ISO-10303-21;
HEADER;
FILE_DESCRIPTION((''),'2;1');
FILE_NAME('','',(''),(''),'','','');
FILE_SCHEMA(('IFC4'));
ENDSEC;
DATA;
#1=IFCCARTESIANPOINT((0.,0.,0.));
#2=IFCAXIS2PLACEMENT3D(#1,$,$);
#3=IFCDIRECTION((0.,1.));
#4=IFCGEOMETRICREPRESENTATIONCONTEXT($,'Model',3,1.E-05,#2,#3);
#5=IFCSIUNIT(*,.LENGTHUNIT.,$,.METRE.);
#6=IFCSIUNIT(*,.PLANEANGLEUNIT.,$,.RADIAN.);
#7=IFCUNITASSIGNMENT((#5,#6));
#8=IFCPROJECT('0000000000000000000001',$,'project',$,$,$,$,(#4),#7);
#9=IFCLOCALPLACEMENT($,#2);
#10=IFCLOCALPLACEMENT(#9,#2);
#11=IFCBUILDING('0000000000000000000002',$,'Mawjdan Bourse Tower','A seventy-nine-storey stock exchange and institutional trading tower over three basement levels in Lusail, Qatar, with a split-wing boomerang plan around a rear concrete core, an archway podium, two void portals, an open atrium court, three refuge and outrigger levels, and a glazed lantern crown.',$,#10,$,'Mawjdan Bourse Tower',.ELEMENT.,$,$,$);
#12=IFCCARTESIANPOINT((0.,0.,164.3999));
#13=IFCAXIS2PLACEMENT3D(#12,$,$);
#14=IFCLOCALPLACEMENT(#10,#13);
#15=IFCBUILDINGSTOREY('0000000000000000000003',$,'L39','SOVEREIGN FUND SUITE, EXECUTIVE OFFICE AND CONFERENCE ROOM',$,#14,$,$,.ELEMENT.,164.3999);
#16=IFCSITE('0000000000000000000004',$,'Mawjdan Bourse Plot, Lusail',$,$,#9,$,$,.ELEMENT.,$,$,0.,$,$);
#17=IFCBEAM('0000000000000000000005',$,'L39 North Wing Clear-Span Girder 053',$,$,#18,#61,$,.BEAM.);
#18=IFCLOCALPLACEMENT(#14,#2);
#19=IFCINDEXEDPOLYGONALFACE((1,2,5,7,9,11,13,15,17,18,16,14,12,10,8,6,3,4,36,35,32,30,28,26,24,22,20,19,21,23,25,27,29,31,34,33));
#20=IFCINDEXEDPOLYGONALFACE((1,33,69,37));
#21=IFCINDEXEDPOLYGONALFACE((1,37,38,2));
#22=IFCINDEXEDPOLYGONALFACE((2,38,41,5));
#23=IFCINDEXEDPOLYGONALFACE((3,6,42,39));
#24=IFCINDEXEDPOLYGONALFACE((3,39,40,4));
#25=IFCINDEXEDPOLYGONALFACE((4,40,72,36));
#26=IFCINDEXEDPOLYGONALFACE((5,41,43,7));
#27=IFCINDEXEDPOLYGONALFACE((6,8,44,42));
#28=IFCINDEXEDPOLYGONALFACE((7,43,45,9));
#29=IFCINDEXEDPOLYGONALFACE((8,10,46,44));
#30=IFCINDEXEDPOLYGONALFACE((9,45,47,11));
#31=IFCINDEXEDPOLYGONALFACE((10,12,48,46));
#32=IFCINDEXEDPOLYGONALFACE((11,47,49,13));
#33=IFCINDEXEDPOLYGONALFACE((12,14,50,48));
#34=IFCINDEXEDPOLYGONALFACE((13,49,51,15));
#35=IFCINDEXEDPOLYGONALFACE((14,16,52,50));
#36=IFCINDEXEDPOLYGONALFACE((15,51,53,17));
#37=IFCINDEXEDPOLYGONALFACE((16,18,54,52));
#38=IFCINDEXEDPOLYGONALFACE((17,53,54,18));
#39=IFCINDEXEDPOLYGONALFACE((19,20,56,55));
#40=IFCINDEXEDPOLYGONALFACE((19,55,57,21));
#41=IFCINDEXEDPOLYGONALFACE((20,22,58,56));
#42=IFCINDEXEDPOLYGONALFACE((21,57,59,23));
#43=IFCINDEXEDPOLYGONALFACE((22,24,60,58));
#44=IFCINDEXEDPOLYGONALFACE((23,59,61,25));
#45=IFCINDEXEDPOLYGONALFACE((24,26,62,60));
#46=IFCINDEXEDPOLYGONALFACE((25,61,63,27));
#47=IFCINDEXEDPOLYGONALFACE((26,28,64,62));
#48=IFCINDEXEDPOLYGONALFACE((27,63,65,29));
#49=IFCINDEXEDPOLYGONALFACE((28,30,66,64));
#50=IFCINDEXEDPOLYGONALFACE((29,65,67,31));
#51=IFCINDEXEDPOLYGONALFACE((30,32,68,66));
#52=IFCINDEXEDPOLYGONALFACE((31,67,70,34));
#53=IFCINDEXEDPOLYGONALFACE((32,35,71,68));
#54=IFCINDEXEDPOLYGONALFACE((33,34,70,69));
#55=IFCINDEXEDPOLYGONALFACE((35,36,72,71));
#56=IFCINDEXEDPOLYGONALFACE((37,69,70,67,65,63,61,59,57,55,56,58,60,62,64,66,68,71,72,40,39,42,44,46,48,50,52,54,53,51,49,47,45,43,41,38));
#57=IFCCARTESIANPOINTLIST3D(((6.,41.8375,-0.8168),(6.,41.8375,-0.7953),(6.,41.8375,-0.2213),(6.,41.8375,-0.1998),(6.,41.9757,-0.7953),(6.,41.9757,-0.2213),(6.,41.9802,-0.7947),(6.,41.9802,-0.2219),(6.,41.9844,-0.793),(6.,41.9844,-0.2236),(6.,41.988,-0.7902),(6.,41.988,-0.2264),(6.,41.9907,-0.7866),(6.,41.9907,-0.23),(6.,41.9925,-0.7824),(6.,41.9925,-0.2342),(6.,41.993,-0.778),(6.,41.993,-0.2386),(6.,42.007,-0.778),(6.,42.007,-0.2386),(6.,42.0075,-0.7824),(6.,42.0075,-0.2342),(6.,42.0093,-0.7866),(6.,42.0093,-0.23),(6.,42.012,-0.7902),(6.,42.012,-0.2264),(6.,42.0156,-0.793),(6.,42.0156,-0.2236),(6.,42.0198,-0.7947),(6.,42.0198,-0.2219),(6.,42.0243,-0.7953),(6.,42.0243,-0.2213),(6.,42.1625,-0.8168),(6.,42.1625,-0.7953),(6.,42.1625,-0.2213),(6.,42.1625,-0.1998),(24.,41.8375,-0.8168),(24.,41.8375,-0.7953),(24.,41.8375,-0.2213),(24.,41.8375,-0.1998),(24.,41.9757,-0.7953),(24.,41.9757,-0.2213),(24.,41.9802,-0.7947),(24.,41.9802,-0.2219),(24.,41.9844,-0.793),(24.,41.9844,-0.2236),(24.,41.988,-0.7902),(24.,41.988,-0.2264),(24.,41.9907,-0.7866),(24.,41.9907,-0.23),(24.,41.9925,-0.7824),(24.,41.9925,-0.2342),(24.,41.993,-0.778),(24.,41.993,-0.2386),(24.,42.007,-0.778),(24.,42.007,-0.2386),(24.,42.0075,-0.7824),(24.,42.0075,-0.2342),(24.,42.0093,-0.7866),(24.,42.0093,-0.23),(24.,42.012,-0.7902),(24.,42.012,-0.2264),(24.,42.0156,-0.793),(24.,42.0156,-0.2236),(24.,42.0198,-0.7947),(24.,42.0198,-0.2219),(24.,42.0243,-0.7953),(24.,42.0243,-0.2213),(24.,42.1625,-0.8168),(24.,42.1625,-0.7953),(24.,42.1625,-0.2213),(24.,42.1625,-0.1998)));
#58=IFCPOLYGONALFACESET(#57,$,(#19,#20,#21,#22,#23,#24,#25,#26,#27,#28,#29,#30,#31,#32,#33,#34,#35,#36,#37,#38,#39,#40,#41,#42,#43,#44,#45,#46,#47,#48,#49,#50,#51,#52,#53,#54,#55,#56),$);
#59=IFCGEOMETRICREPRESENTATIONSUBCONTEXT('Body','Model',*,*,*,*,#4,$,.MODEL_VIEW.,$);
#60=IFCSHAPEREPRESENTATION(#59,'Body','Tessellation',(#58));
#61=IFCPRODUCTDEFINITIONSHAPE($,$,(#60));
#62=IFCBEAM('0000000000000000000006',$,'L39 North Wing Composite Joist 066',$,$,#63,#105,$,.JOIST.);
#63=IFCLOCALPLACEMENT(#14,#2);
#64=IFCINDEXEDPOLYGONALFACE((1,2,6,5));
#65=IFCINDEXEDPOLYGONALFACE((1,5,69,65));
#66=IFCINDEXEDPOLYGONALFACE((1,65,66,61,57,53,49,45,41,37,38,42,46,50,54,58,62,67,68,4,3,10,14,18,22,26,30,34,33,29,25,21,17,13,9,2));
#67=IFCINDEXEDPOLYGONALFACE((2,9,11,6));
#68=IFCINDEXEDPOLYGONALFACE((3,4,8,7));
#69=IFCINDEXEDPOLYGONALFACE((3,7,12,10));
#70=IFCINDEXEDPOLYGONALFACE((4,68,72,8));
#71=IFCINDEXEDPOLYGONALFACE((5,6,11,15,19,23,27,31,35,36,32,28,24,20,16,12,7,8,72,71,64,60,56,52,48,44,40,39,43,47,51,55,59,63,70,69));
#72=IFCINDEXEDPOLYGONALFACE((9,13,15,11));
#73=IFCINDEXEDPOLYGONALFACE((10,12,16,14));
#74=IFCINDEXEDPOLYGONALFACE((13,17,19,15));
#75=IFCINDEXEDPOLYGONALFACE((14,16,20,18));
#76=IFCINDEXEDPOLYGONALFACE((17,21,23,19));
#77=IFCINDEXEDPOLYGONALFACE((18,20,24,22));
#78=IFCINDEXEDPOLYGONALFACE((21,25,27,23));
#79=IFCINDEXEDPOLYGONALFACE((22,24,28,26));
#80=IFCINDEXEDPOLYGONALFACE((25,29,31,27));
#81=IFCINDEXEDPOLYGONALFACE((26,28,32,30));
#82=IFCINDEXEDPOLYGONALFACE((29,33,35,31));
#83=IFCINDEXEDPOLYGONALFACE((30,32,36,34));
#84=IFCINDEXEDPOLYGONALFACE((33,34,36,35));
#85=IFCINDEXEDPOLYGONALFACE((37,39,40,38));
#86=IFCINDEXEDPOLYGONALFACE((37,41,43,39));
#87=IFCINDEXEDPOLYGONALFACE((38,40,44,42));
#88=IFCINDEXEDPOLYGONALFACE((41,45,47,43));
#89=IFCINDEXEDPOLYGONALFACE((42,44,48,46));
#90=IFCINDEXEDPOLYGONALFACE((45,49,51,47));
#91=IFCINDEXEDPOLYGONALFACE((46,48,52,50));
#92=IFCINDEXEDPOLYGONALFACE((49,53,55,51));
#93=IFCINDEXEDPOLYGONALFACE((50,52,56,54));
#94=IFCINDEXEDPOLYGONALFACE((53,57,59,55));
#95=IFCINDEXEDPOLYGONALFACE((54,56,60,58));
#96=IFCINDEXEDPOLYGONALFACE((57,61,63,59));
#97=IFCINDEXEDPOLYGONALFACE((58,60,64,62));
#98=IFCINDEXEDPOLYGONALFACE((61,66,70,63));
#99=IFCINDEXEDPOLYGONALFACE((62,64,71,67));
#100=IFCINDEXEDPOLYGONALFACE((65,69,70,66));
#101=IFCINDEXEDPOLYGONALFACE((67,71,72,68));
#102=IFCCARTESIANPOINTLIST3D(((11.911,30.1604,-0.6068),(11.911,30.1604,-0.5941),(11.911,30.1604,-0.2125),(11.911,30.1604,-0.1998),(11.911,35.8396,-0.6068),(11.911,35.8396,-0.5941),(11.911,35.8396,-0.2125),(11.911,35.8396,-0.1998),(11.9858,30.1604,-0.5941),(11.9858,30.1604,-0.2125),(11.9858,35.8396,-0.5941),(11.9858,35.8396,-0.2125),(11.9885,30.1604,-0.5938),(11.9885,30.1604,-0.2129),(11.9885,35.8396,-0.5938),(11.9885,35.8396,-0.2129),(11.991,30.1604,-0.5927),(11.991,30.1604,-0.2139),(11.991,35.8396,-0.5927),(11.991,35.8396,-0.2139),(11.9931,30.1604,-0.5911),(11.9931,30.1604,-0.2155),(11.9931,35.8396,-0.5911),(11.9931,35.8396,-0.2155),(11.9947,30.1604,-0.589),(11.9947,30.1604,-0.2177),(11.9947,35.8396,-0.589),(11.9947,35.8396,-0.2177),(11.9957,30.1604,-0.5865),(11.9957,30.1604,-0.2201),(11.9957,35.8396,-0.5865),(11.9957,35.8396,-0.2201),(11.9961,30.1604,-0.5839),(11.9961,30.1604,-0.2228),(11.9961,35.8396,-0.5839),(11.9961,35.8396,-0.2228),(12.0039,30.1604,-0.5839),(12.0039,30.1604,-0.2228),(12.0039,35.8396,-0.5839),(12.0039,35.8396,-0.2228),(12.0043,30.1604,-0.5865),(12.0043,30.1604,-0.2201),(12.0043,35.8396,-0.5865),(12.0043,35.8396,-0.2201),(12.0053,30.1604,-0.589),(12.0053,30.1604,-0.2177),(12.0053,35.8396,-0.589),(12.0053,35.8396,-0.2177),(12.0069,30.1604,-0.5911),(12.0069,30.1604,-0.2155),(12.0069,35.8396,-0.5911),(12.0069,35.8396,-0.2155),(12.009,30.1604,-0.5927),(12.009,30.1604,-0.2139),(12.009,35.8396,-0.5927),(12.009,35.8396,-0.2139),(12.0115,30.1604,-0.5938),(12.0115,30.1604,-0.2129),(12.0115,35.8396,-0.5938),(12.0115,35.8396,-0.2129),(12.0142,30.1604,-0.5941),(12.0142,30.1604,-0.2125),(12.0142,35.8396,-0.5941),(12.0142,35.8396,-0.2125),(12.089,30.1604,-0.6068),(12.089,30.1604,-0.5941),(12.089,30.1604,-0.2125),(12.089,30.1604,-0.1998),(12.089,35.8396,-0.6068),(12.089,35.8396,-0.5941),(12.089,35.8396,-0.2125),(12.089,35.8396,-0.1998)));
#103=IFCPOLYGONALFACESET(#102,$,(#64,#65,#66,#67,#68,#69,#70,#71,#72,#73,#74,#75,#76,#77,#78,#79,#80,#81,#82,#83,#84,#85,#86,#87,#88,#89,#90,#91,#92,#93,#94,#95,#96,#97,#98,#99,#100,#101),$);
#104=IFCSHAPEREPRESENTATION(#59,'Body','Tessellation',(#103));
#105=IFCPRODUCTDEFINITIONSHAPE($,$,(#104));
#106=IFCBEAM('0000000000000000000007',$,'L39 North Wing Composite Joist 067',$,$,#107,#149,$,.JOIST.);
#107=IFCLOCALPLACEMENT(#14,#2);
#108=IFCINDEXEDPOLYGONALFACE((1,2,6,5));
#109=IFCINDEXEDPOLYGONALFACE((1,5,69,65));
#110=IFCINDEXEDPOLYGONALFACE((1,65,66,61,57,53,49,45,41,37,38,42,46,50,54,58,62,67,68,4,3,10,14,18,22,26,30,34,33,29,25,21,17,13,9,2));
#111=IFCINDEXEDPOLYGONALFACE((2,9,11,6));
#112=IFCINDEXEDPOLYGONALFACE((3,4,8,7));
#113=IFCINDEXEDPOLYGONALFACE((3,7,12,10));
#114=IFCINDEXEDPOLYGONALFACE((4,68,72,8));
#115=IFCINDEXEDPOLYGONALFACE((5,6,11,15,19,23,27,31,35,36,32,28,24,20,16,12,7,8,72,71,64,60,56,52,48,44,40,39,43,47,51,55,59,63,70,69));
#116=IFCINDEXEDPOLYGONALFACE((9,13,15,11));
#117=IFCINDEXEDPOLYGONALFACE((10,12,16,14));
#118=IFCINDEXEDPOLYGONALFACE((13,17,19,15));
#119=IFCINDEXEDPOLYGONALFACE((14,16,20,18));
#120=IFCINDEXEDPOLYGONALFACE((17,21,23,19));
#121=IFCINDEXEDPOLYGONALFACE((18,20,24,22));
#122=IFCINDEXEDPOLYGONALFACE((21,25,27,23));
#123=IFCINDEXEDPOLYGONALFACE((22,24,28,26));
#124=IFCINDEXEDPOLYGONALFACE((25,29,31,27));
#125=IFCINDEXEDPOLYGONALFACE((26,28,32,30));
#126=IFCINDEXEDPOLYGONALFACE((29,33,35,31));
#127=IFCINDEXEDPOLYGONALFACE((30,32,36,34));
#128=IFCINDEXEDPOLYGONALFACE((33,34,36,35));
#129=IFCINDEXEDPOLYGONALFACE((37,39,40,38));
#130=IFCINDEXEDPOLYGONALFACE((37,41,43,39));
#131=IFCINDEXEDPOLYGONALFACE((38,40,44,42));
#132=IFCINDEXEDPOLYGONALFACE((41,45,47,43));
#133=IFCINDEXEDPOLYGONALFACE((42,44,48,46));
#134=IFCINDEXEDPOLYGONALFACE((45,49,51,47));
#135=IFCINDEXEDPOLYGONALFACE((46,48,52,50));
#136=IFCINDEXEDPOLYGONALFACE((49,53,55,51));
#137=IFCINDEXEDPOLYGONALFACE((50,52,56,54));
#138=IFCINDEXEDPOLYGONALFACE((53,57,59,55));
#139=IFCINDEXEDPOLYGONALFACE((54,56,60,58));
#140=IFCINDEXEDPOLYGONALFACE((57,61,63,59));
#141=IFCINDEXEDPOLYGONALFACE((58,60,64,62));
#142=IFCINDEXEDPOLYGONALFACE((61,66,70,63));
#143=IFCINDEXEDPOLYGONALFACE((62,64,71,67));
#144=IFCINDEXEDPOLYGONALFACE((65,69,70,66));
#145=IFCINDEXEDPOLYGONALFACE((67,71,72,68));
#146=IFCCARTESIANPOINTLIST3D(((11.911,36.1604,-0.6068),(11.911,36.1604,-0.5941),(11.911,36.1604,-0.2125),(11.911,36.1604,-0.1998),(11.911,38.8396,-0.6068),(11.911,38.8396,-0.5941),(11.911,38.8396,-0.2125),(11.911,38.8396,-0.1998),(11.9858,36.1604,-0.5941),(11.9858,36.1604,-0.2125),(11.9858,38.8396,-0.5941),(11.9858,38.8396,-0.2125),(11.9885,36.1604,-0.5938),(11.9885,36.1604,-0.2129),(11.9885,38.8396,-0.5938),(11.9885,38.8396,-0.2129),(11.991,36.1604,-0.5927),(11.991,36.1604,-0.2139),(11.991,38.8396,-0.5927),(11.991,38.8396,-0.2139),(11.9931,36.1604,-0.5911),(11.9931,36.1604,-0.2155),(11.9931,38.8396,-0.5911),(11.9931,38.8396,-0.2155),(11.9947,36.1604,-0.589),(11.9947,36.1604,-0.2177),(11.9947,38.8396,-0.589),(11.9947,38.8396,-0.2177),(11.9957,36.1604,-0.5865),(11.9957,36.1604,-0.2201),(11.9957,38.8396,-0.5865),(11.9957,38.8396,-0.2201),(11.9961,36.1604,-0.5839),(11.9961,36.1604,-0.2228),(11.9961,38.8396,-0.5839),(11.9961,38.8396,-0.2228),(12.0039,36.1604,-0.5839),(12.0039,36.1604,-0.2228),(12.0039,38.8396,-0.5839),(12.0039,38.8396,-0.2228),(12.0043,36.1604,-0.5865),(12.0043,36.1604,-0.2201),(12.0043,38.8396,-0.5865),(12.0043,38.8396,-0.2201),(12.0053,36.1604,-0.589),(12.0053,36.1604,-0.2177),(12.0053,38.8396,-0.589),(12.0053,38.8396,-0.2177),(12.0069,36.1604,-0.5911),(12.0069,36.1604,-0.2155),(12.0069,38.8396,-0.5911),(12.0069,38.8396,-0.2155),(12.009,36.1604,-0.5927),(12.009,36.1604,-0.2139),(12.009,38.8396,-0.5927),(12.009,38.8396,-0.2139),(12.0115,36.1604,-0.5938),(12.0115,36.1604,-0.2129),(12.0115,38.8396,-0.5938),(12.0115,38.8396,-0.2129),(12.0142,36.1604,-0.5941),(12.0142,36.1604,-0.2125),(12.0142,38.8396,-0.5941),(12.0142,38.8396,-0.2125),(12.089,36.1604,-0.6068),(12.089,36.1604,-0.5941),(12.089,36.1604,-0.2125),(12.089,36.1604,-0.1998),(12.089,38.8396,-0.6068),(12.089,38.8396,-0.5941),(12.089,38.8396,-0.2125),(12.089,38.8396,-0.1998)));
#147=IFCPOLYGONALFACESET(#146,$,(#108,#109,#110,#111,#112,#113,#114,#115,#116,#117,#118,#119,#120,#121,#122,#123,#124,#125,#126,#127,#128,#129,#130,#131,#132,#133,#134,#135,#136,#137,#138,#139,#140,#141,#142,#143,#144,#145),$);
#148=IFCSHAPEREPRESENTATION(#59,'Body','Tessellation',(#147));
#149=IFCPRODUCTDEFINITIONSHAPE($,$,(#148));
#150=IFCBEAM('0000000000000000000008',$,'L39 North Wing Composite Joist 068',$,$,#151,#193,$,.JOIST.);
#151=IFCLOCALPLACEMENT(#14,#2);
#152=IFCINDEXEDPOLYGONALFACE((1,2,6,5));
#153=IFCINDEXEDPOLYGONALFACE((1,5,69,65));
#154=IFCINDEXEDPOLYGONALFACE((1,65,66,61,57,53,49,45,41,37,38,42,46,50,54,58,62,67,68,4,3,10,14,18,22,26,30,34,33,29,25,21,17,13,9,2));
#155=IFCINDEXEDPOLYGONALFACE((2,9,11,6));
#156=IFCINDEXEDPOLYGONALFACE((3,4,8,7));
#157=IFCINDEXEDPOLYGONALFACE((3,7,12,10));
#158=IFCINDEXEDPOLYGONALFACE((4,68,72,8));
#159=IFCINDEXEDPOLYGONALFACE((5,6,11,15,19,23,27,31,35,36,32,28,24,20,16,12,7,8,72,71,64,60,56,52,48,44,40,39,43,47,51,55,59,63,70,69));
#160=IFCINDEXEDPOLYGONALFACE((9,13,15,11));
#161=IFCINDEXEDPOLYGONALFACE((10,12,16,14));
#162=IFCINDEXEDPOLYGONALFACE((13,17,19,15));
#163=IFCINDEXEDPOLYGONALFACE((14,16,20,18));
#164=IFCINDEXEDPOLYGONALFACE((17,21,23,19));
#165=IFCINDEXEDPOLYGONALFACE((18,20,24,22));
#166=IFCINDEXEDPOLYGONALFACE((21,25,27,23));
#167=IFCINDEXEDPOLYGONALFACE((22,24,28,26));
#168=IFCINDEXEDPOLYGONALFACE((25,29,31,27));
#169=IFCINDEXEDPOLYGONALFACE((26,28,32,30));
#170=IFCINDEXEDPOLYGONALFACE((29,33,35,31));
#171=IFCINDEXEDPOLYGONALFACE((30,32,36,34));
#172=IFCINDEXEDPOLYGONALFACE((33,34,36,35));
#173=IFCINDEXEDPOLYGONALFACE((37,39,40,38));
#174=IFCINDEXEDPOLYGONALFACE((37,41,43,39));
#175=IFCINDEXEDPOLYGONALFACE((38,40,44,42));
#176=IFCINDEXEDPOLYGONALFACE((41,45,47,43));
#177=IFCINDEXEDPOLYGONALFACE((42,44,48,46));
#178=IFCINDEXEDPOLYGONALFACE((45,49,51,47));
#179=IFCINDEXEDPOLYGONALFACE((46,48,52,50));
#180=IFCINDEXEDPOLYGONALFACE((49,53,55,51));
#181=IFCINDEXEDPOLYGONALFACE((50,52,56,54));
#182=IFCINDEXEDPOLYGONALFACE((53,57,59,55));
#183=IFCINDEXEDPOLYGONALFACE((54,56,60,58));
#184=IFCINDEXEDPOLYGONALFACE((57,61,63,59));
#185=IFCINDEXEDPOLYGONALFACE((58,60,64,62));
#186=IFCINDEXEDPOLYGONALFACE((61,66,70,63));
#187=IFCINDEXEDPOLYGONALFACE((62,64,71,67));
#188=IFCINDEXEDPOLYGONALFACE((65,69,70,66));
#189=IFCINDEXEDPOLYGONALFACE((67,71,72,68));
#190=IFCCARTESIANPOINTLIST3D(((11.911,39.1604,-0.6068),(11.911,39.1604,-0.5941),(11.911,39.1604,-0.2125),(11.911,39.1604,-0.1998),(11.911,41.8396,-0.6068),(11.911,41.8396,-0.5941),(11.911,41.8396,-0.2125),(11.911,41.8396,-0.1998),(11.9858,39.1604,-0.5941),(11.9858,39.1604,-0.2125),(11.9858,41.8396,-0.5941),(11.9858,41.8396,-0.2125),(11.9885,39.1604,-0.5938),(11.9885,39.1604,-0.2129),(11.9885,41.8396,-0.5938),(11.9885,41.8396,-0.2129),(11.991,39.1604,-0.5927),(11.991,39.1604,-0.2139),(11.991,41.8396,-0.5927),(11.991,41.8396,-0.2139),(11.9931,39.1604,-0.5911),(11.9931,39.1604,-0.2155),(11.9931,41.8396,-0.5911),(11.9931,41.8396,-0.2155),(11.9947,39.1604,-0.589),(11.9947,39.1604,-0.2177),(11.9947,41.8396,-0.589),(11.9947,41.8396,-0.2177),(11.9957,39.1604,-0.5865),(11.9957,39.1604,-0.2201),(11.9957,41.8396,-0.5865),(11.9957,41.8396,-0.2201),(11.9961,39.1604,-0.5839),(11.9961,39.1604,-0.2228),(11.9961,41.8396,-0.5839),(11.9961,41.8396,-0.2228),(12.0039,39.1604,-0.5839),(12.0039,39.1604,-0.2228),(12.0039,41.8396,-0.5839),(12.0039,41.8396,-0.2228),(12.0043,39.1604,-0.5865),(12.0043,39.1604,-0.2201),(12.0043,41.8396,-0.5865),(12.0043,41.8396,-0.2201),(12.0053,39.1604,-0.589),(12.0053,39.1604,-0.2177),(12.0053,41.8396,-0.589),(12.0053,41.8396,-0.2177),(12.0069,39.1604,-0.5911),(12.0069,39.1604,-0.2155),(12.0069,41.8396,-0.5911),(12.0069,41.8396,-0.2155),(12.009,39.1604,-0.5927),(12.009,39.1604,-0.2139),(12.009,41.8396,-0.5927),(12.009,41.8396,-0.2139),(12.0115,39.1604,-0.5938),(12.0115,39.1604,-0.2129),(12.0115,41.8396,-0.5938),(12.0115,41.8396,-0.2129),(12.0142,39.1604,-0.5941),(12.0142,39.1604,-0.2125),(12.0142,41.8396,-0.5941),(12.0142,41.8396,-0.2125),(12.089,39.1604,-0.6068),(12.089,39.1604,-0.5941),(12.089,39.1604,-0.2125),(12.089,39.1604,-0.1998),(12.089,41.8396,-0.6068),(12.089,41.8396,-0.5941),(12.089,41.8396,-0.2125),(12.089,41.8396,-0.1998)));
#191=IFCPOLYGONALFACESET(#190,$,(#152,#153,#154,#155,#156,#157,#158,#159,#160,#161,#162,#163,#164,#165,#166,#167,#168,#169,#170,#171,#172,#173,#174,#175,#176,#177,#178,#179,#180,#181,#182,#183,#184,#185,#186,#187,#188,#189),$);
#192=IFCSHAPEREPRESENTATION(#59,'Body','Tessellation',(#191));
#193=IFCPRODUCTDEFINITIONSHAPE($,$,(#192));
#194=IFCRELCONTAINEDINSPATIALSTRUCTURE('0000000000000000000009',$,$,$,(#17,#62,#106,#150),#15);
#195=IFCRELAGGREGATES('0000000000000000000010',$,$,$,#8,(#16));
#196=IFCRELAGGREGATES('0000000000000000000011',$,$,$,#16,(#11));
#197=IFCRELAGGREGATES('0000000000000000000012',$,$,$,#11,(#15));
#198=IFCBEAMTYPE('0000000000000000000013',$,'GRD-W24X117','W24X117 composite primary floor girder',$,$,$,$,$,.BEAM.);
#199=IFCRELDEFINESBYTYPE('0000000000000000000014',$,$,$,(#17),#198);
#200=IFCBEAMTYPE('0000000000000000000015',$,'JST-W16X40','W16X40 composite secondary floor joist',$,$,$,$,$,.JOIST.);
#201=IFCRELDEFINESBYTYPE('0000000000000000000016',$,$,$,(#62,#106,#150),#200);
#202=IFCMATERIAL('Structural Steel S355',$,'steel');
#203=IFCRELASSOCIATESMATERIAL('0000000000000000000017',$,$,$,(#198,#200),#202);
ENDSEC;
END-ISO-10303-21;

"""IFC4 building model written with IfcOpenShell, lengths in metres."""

from ifc_helpers import new_model, si_unit, direction, frame, origin, origin_2d, place, context, subcontext, project, spatial, i_section, extrude, material, material_profile, profile_set, type_object, element, save


model = new_model("IFC4")

# Units and contexts
model_context = context("Model", 3, precision=1e-05, world=origin(), true_north=direction((0.0, 1.0)))
body_context = subcontext(model_context, "Body", "Model", "MODEL_VIEW")
ifc_project = project(units=[si_unit("LENGTHUNIT", "METRE"), si_unit("PLANEANGLEUNIT", "RADIAN")], contexts=[model_context])

# Site, building, storey
site_placement = place(None, origin())
site = spatial("IfcSite", under=ifc_project, at=site_placement, Name="Mawjdan Bourse Plot, Lusail", CompositionType="ELEMENT", RefElevation=0.0)
building_placement = place(site_placement, origin())
building = spatial("IfcBuilding", under=site, at=building_placement, Name="Mawjdan Bourse Tower", Description="A seventy-nine-storey stock exchange and institutional trading tower over three basement levels in Lusail, Qatar, with a split-wing boomerang plan around a rear concrete core, an archway podium, two void portals, an open atrium court, three refuge and outrigger levels, and a glazed lantern crown.", LongName="Mawjdan Bourse Tower", CompositionType="ELEMENT")
storey_placement = place(building_placement, frame((0.0, 0.0, 164.3999)))
storey = spatial("IfcBuildingStorey", under=building, at=storey_placement, Name="L39", Description="SOVEREIGN FUND SUITE, EXECUTIVE OFFICE AND CONFERENCE ROOM", CompositionType="ELEMENT", Elevation=164.3999)

# Beams
ifc_material_1 = material(Name="Structural Steel S355", Category="steel")
ifc_material_profile_1 = material_profile(ifc_material_1, i_section(OverallWidth=0.325, OverallDepth=0.6169, WebThickness=0.0139, FlangeThickness=0.0215, FilletRadius=0.0173, at=origin_2d()), Name="W24X117")
ifc_profile_set_1 = profile_set([ifc_material_profile_1], Name="Structural Steel S355")
beam_type_1 = type_object("IfcBeamType", Name="GRD-W24X117", Description="W24X117 composite primary floor girder", PredefinedType="BEAM", material=ifc_profile_set_1)
for number, where, z_axis, x_axis, name in (
    (1, (6.0, 42.0, -0.5083), (1.0, 0.0, 0.0), (0.0, 1.0, 0.0), "L39 North Wing Clear-Span Girder 053"),
):
    element("IfcBeam", number, at=place(storey_placement, frame(where, z_axis=z_axis, x_axis=x_axis)), inside=storey, type_object=beam_type_1, Name=name, PredefinedType="BEAM", context=body_context, shape_type="SweptSolid", body=[
        extrude(i_section(OverallWidth=0.325, OverallDepth=0.6169, WebThickness=0.0139, FlangeThickness=0.0215, FilletRadius=0.0173, at=origin_2d()), origin(), (0.0, 0.0, 1.0), 18.0),
    ])
ifc_material_profile_2 = material_profile(ifc_material_1, i_section(OverallWidth=0.178, OverallDepth=0.407, WebThickness=0.0078, FlangeThickness=0.0127, FilletRadius=0.0103, at=origin_2d()), Name="W16X40")
ifc_profile_set_2 = profile_set([ifc_material_profile_2], Name="Structural Steel S355")
beam_type_2 = type_object("IfcBeamType", Name="JST-W16X40", Description="W16X40 composite secondary floor joist", PredefinedType="JOIST", material=ifc_profile_set_2)
beam_1_placement = place(storey_placement, frame((12.0, 30.1604, -0.4033), z_axis=(0.0, 1.0, 0.0), x_axis=(-1.0, 0.0, 0.0)))
element("IfcBeam", 2, at=beam_1_placement, inside=storey, type_object=beam_type_2, Name="L39 North Wing Composite Joist 066", PredefinedType="JOIST", context=body_context, shape_type="SweptSolid", body=[
    extrude(i_section(OverallWidth=0.178, OverallDepth=0.407, WebThickness=0.0078, FlangeThickness=0.0127, FilletRadius=0.0103, at=origin_2d()), origin(), (0.0, 0.0, 1.0), 5.6792),
])
for number, where, z_axis, x_axis, name in (
    (3, (12.0, 36.1604, -0.4033), (0.0, 1.0, 0.0), (-1.0, 0.0, 0.0), "L39 North Wing Composite Joist 067"),
    (4, (12.0, 39.1604, -0.4033), (0.0, 1.0, 0.0), (-1.0, 0.0, 0.0), "L39 North Wing Composite Joist 068"),
):
    element("IfcBeam", number, at=place(storey_placement, frame(where, z_axis=z_axis, x_axis=x_axis)), inside=storey, type_object=beam_type_2, Name=name, PredefinedType="JOIST", context=body_context, shape_type="SweptSolid", body=[
        extrude(i_section(OverallWidth=0.178, OverallDepth=0.407, WebThickness=0.0078, FlangeThickness=0.0127, FilletRadius=0.0103, at=origin_2d()), origin(), (0.0, 0.0, 1.0), 2.6792),
    ])

save(model, "model.ifc")
